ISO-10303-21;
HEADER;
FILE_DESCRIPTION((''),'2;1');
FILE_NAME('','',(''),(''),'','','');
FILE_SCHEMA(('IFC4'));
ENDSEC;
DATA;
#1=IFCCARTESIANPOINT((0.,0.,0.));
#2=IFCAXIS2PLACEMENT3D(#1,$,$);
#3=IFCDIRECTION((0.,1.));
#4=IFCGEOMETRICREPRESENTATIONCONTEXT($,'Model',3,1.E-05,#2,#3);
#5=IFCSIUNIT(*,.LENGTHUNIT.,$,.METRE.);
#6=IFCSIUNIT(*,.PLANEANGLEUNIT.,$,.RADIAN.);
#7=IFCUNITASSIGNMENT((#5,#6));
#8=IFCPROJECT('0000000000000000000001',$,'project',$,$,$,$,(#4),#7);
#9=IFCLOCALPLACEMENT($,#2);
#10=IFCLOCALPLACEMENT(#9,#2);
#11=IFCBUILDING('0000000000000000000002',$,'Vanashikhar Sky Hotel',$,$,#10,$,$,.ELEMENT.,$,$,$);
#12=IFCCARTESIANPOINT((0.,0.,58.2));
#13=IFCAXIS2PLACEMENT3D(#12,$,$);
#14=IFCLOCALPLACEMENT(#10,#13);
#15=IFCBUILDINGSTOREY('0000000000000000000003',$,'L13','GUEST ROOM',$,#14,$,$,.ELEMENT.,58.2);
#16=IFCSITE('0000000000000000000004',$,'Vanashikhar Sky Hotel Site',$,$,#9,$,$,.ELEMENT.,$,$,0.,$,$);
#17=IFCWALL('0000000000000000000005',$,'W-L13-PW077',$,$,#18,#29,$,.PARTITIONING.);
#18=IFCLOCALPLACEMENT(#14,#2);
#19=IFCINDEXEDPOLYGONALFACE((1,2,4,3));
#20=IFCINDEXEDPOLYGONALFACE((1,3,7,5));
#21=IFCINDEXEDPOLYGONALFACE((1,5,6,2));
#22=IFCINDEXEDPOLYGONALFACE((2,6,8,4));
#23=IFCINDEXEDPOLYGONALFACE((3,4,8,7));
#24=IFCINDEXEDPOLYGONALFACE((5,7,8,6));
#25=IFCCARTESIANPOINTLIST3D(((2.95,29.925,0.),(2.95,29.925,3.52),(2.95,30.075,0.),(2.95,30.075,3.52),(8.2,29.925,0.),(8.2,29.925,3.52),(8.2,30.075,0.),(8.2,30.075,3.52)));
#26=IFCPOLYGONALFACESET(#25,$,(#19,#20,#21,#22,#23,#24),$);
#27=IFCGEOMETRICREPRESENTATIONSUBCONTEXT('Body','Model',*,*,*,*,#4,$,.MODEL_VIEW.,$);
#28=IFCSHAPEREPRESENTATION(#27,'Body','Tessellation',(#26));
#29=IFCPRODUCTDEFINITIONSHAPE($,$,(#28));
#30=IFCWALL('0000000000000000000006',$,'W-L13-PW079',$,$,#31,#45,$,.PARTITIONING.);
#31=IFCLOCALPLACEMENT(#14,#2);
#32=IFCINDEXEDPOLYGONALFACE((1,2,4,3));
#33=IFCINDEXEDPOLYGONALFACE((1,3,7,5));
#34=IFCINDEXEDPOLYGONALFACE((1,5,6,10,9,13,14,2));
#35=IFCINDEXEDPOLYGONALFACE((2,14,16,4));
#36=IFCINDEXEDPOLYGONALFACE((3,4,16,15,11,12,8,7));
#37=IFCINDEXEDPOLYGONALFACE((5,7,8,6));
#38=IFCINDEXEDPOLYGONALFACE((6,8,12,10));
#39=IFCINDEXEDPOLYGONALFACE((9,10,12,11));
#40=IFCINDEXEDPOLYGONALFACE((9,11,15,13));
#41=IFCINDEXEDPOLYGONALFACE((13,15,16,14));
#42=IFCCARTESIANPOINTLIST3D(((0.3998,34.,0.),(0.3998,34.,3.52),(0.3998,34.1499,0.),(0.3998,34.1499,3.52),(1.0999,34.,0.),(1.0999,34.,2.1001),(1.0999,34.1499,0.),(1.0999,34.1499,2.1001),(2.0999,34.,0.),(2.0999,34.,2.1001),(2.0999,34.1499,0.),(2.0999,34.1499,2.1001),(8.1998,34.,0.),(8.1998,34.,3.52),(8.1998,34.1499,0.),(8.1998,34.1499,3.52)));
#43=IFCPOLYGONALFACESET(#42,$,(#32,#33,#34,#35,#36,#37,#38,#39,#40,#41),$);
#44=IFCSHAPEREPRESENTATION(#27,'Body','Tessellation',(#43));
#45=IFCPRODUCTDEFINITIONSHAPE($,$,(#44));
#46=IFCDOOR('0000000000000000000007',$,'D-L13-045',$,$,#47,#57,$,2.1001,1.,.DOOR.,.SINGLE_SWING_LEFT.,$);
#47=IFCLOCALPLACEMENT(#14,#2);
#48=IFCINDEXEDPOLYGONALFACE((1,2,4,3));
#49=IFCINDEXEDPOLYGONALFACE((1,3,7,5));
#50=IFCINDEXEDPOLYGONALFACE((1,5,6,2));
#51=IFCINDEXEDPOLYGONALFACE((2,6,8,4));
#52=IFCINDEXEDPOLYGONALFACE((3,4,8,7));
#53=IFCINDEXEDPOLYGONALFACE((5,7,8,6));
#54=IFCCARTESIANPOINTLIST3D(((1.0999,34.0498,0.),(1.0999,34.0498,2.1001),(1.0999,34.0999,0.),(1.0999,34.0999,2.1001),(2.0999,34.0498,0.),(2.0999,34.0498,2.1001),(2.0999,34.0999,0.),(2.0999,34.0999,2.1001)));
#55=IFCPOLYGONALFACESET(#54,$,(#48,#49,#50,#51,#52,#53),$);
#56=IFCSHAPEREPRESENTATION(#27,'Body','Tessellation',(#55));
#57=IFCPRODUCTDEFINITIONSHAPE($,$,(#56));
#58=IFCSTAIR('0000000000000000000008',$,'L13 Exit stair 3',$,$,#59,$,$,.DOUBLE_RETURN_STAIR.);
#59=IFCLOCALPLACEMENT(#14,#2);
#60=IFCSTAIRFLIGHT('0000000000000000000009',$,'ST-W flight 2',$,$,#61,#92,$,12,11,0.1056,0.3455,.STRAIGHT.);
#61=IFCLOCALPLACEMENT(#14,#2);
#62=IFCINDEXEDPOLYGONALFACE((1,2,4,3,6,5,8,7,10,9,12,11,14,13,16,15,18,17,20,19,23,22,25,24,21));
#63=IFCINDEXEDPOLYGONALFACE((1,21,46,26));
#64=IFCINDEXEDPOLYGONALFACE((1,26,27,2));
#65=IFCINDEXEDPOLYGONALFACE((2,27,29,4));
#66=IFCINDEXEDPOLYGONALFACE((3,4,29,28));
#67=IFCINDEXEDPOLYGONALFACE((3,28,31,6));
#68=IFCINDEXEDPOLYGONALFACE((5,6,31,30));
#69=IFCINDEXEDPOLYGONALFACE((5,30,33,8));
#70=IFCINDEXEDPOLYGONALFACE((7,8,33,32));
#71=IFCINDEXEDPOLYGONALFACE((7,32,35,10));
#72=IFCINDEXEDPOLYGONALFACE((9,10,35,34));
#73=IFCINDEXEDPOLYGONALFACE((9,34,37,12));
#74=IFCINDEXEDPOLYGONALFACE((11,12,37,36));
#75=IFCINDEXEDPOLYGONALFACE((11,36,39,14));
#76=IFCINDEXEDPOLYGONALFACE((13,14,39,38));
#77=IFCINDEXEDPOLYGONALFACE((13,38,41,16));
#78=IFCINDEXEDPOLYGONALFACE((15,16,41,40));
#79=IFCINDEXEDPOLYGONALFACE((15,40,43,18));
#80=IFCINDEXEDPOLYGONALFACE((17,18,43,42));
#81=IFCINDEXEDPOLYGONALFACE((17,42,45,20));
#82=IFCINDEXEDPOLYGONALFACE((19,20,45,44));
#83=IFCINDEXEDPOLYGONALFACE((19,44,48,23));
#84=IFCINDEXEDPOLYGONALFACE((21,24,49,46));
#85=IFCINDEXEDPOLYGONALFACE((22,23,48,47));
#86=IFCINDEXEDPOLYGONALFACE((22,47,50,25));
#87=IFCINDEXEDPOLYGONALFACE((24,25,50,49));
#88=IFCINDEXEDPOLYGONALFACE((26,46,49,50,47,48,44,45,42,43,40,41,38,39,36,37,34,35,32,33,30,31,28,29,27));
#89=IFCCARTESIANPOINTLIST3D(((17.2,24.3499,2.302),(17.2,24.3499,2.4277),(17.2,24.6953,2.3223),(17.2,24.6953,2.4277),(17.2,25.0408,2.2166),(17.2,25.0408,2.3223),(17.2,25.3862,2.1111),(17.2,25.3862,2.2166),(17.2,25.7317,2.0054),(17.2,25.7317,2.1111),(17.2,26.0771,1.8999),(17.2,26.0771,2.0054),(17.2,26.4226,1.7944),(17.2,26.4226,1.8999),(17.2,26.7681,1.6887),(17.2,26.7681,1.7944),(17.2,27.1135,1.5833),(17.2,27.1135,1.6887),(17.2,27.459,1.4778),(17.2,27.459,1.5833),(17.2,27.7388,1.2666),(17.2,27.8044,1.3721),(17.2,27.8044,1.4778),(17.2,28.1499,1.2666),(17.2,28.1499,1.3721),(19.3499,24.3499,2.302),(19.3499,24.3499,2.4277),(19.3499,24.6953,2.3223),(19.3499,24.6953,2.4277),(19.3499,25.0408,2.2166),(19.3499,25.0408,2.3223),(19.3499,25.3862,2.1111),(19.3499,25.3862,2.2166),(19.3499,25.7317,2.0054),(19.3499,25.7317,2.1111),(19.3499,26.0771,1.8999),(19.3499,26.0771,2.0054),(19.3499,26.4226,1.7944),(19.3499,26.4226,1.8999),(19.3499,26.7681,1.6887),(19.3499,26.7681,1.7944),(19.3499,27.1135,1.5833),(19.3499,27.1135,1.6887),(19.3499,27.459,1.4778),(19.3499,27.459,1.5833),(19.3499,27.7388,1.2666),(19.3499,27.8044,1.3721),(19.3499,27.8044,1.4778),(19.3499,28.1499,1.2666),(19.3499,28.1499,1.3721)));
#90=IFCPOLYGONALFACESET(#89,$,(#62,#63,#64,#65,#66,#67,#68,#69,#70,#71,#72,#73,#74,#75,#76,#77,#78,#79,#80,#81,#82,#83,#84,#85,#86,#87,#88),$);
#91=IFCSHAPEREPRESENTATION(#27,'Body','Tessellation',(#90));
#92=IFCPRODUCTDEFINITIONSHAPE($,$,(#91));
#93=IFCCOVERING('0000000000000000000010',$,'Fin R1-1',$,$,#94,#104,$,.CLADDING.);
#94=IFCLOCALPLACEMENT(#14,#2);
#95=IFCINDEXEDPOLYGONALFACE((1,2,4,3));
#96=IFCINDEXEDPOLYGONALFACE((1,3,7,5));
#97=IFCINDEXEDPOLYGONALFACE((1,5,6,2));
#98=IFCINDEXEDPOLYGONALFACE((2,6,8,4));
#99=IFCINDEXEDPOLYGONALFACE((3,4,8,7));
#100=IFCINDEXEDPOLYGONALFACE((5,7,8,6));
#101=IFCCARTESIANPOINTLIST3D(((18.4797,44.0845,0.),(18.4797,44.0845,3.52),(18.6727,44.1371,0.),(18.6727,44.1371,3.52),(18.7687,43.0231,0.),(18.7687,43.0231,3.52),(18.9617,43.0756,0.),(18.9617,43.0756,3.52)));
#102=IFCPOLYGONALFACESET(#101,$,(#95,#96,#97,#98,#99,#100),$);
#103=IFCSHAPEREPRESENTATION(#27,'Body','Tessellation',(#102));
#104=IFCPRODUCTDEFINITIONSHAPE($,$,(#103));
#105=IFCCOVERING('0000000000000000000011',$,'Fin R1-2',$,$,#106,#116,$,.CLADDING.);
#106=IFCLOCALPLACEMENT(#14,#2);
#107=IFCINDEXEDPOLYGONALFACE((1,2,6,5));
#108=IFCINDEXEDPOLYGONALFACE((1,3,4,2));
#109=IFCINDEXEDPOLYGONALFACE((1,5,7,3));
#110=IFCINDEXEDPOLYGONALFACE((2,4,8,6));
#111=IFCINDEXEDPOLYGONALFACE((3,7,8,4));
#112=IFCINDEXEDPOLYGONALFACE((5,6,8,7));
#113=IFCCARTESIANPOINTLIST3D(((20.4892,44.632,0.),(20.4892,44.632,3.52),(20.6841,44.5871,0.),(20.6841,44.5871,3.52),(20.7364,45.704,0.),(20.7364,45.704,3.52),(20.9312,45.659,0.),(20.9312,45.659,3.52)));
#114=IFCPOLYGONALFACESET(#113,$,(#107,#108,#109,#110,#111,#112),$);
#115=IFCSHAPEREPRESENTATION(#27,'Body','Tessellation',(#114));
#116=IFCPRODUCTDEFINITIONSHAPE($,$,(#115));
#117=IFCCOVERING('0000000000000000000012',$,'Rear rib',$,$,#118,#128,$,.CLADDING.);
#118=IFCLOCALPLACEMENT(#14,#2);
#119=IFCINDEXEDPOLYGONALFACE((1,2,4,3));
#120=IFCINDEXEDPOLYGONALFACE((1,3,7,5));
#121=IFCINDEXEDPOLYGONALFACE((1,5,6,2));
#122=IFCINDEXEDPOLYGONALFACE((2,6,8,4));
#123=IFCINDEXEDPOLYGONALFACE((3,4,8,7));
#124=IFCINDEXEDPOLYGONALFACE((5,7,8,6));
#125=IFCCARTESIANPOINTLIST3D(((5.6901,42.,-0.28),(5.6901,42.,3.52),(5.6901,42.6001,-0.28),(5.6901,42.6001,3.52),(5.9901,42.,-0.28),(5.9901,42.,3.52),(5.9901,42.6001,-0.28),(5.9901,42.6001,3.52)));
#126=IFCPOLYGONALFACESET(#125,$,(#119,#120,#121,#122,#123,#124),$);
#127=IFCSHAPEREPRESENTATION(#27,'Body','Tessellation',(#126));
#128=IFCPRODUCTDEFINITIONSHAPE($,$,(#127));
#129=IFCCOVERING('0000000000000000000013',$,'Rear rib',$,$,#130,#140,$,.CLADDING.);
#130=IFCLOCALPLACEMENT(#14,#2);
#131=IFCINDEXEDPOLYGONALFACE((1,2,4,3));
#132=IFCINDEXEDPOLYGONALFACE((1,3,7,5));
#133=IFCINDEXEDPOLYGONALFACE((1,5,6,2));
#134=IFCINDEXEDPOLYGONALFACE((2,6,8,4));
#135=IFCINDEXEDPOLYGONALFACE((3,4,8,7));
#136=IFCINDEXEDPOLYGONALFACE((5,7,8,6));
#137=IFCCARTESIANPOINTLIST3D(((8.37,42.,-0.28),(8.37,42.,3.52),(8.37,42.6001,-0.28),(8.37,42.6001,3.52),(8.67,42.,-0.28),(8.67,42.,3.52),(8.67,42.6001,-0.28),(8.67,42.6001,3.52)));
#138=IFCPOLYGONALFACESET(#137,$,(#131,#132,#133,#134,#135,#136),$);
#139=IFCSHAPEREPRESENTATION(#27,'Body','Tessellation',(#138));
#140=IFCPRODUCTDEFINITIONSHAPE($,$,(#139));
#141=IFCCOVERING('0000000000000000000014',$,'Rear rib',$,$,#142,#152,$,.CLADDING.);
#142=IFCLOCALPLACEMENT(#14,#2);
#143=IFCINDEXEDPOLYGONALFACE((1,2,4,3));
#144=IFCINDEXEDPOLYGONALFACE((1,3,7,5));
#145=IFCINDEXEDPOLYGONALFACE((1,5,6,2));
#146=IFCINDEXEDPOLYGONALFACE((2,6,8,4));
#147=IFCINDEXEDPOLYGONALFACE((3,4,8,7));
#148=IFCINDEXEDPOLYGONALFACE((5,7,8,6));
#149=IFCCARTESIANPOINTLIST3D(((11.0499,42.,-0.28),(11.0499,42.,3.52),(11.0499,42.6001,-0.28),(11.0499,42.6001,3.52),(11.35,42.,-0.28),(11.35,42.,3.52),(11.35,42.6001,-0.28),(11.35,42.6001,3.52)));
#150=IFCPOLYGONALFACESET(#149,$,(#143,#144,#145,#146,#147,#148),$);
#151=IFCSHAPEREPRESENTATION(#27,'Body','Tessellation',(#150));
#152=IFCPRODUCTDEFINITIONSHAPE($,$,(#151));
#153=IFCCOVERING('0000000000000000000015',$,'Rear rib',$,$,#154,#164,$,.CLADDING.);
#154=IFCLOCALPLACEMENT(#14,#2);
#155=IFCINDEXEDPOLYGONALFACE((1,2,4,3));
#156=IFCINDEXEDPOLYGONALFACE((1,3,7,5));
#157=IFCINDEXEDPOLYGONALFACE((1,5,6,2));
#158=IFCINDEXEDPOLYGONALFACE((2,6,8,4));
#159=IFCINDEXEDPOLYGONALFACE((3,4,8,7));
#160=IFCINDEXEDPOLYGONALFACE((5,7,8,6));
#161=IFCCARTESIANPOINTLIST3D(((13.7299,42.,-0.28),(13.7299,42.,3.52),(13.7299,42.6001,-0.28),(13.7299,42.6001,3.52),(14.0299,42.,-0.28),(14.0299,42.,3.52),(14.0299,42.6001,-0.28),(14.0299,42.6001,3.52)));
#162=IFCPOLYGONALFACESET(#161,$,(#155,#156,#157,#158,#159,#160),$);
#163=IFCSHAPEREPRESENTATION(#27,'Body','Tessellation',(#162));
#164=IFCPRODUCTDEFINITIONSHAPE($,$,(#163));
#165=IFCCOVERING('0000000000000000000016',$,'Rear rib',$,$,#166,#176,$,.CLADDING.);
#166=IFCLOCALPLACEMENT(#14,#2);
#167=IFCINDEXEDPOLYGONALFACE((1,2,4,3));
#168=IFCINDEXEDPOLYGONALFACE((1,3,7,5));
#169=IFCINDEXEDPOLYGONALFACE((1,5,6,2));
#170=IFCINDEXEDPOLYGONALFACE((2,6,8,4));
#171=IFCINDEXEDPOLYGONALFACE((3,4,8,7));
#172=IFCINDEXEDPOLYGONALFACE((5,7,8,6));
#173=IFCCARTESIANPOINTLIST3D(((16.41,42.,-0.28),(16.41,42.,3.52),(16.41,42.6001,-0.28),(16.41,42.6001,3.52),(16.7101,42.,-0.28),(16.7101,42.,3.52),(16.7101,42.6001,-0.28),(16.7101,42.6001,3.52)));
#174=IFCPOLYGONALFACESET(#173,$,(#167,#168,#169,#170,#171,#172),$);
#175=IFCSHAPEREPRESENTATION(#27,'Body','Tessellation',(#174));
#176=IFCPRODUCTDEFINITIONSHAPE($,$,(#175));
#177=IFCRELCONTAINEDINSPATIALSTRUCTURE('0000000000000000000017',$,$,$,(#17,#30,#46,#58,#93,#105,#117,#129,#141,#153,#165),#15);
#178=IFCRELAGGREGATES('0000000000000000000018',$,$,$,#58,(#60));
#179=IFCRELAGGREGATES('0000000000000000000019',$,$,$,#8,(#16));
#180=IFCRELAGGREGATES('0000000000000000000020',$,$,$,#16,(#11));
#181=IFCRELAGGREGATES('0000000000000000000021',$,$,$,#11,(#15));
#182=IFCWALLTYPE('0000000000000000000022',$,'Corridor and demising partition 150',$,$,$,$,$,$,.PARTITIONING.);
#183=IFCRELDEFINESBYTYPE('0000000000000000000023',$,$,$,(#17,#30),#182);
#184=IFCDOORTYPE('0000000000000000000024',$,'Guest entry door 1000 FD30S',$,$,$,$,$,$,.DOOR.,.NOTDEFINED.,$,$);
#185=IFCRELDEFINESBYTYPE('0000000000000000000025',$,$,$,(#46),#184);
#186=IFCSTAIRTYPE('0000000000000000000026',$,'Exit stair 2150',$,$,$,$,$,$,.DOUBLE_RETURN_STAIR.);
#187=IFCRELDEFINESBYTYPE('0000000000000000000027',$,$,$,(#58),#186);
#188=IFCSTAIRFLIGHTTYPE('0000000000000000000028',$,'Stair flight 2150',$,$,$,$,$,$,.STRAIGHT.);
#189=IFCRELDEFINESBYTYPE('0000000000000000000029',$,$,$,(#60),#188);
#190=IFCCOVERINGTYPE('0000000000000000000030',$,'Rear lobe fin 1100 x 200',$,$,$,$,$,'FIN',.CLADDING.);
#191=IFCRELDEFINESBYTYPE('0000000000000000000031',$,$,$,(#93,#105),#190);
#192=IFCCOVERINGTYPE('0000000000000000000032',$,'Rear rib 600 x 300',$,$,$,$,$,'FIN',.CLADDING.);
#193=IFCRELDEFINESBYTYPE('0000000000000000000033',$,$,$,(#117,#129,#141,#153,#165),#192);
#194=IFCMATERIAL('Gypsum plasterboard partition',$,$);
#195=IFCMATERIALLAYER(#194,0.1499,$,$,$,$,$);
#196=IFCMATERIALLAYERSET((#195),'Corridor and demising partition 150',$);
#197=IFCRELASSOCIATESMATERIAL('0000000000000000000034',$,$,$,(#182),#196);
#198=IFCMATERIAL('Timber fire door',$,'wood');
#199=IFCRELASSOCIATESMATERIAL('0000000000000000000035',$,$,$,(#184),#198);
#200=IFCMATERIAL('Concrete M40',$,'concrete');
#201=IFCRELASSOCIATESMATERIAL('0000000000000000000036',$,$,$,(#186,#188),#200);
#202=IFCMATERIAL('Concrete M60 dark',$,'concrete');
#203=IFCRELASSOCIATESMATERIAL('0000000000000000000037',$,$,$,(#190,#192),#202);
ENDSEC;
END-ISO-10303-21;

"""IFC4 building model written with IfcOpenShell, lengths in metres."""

from ifc_helpers import new_model, si_unit, direction, frame, frame_2d, origin, origin_2d, place, context, subcontext, project, spatial, polyline, rectangle, outline, extrude, source, transform, mapped, material, layer, layer_set, material_profile, profile_set, type_object, element, fill, aggregate, save


model = new_model("IFC4")

# Units and contexts
model_context = context("Model", 3, precision=1e-05, world=origin(), true_north=direction((0.0, 1.0)))
body_context = subcontext(model_context, "Body", "Model", "MODEL_VIEW")
ifc_project = project(units=[si_unit("LENGTHUNIT", "METRE"), si_unit("PLANEANGLEUNIT", "RADIAN")], contexts=[model_context])

# Site, building, storey
site_placement = place(None, origin())
site = spatial("IfcSite", under=ifc_project, at=site_placement, Name="Vanashikhar Sky Hotel Site", CompositionType="ELEMENT", RefElevation=0.0)
building_placement = place(site_placement, origin())
building = spatial("IfcBuilding", under=site, at=building_placement, Name="Vanashikhar Sky Hotel", CompositionType="ELEMENT")
storey_placement = place(building_placement, frame((0.0, 0.0, 58.2)))
storey = spatial("IfcBuildingStorey", under=building, at=storey_placement, Name="L13", Description="GUEST ROOM", CompositionType="ELEMENT", Elevation=58.2)

# Shared definitions
shared_shape_1 = source(origin(), body_context, "Body", "SweptSolid", [
    extrude(rectangle(XDim=1.0, YDim=2.1001, at=frame_2d((0.5, 1.05))), frame((0.0, 0.0249, 0.0), z_axis=(0.0, -1.0, 0.0), x_axis=(1.0, 0.0, 0.0)), (0.0, 0.0, 1.0), 0.05),
])
ifc_material_1 = material(Name="Gypsum plasterboard partition")
ifc_layer_1 = layer(ifc_material_1, 0.1499)
ifc_layer_set_1 = layer_set([ifc_layer_1], Name="Corridor and demising partition 150")
wall_type_1 = type_object("IfcWallType", Name="Corridor and demising partition 150", PredefinedType="PARTITIONING", material=ifc_layer_set_1)
shared_shape_2 = source(origin(), body_context, "Body", "SweptSolid", [
    extrude(rectangle(XDim=1.0, YDim=2.1001, at=frame_2d((0.5, 1.05))), frame((0.0, 0.085, 0.0), z_axis=(0.0, -1.0, 0.0), x_axis=(1.0, 0.0, 0.0)), (0.0, 0.0, 1.0), 0.1699),
])
ifc_material_2 = material(Name="Timber fire door", Category="wood")
door_type_1 = type_object("IfcDoorType", Name="Guest entry door 1000 FD30S", OperationType="NOTDEFINED", PredefinedType="DOOR", material=ifc_material_2)

# Wall
shared_shape_3 = source(origin(), body_context, "Body", "SweptSolid", [
    extrude(rectangle(XDim=5.25, YDim=0.1499, at=frame_2d((2.625, 0.0))), origin(), (0.0, 0.0, 1.0), 3.52),
])
wall_1_placement = place(storey_placement, frame((2.95, 30.0, 0.0), z_axis=(0.0, 0.0, 1.0), x_axis=(1.0, 0.0, 0.0)))
element("IfcWall", 1, at=wall_1_placement, inside=storey, type_object=wall_type_1, Name="W-L13-PW077", PredefinedType="PARTITIONING", context=body_context, shape_type="MappedRepresentation", body=[
    mapped(shared_shape_3, transform((0.0, 0.0, 0.0), scale=1.0)),
])

# Wall, opening, door
shared_shape_4 = source(origin(), body_context, "Body", "SweptSolid", [
    extrude(rectangle(XDim=7.8, YDim=0.1499, at=frame_2d((3.8999, 0.0))), origin(), (0.0, 0.0, 1.0), 3.52),
])
wall_2_placement = place(storey_placement, frame((0.3999, 34.075, 0.0), z_axis=(0.0, 0.0, 1.0), x_axis=(1.0, 0.0, 0.0)))
wall_2 = element("IfcWall", 2, at=wall_2_placement, inside=storey, type_object=wall_type_1, Name="W-L13-PW079", PredefinedType="PARTITIONING", context=body_context, shape_type="MappedRepresentation", body=[
    mapped(shared_shape_4, transform((0.0, 0.0, 0.0), scale=1.0)),
])
opening_1_placement = place(wall_2_placement, frame((0.7, 0.0, 0.0)))
opening_1 = element("IfcOpeningElement", 3, at=opening_1_placement, cuts=wall_2, PredefinedType="OPENING", context=body_context, shape_type="MappedRepresentation", body=[
    mapped(shared_shape_2, transform((0.0, 0.0, 0.0), scale=1.0)),
])
door_1_placement = place(opening_1_placement, origin())
door_1 = element("IfcDoor", 4, at=door_1_placement, inside=storey, type_object=door_type_1, Name="D-L13-045", OperationType="SINGLE_SWING_LEFT", OverallHeight=2.1001, OverallWidth=1.0, PredefinedType="DOOR", context=body_context, shape_type="MappedRepresentation", body=[
    mapped(shared_shape_1, transform((0.0, 0.0, 0.0), scale=1.0)),
])
fill(opening_1, door_1)

# Stair, stair flight
ifc_material_3 = material(Name="Concrete M40", Category="concrete")
stair_type = type_object("IfcStairType", Name="Exit stair 2150", PredefinedType="DOUBLE_RETURN_STAIR", material=ifc_material_3)
stair_placement = place(storey_placement, origin())
stair = element("IfcStair", 5, at=stair_placement, inside=storey, type_object=stair_type, Name="L13 Exit stair 3", PredefinedType="DOUBLE_RETURN_STAIR")
stair_flight_type = type_object("IfcStairFlightType", Name="Stair flight 2150", PredefinedType="STRAIGHT", material=ifc_material_3)
shared_shape_5 = source(origin(), body_context, "Body", "SweptSolid", [
    extrude(outline(polyline([(0.0, 0.0), (0.0, 0.1055), (0.3455, 0.1055), (0.3455, 0.2112), (0.6909, 0.2112), (0.6909, 0.3167), (1.0364, 0.3167), (1.0364, 0.4221), (1.3818, 0.4221), (1.3818, 0.5278), (1.7273, 0.5278), (1.7273, 0.6333), (2.0728, 0.6333), (2.0728, 0.7388), (2.4182, 0.7388), (2.4182, 0.8445), (2.7637, 0.8445), (2.7637, 0.95), (3.1091, 0.95), (3.1091, 1.0557), (3.4546, 1.0557), (3.4546, 1.1611), (3.8, 1.1611), (3.8, 1.2666), (3.8, 1.0354), (0.4111, 0.0), (0.0, 0.0)])), frame((0.0, 1.075, 0.0), z_axis=(0.0, -1.0, 0.0), x_axis=(1.0, 0.0, 0.0)), (0.0, 0.0, 1.0), 2.1499),
])
stair_flight_placement = place(storey_placement, frame((18.2749, 28.1499, 1.2666), z_axis=(0.0, 0.0, 1.0), x_axis=(0.0, -1.0, 0.0)))
stair_flight = element("IfcStairFlight", 6, at=stair_flight_placement, type_object=stair_flight_type, Name="ST-W flight 2", NumberOfRisers=12, NumberOfTreads=11, PredefinedType="STRAIGHT", RiserHeight=0.1056, TreadLength=0.3455, context=body_context, shape_type="MappedRepresentation", body=[
    mapped(shared_shape_5, transform((0.0, 0.0, 0.0), scale=1.0)),
])
aggregate(stair, [stair_flight])

# Coverings
ifc_material_4 = material(Name="Concrete M60 dark", Category="concrete")
ifc_material_profile_1 = material_profile(ifc_material_4, rectangle(XDim=1.1001, YDim=0.2, at=origin_2d()))
ifc_profile_set_1 = profile_set([ifc_material_profile_1], Name="Rear lobe fin 1100 x 200")
covering_type_1 = type_object("IfcCoveringType", Name="Rear lobe fin 1100 x 200", ElementType="FIN", PredefinedType="CLADDING", material=ifc_profile_set_1)
shared_shape_6 = source(origin(), body_context, "Body", "SweptSolid", [
    extrude(rectangle(XDim=1.1001, YDim=0.2, at=origin_2d()), origin(), (0.0, 0.0, 1.0), 3.52),
])
for number, where, z_axis, x_axis, name in (
    (7, (18.7207, 43.5801, 0.0), (0.0, 0.0, 1.0), (-0.262711, 0.964874, 0.0), "Fin R1-1"),
    (8, (20.7102, 45.1455, 0.0), (0.0, 0.0, 1.0), (0.224645, 0.974441, 0.0), "Fin R1-2"),
):
    element("IfcCovering", number, at=place(storey_placement, frame(where, z_axis=z_axis, x_axis=x_axis)), inside=storey, type_object=covering_type_1, Name=name, PredefinedType="CLADDING", context=body_context, shape_type="MappedRepresentation", body=[
        mapped(shared_shape_6, transform((0.0, 0.0, 0.0), scale=1.0)),
    ])
ifc_material_profile_2 = material_profile(ifc_material_4, rectangle(XDim=0.6001, YDim=0.3, at=origin_2d()))
ifc_profile_set_2 = profile_set([ifc_material_profile_2], Name="Rear rib 600 x 300")
covering_type_2 = type_object("IfcCoveringType", Name="Rear rib 600 x 300", ElementType="FIN", PredefinedType="CLADDING", material=ifc_profile_set_2)
shared_shape_7 = source(origin(), body_context, "Body", "SweptSolid", [
    extrude(rectangle(XDim=0.6001, YDim=0.3, at=origin_2d()), origin(), (0.0, 0.0, 1.0), 3.8),
])
for number, where, z_axis, x_axis, name in (
    (9, (5.8401, 42.3, -0.28), (0.0, 0.0, 1.0), (0.0, 1.0, 0.0), "Rear rib"),
    (10, (8.52, 42.3, -0.28), (0.0, 0.0, 1.0), (0.0, 1.0, 0.0), "Rear rib"),
    (11, (11.2, 42.3, -0.28), (0.0, 0.0, 1.0), (0.0, 1.0, 0.0), "Rear rib"),
    (12, (13.8799, 42.3, -0.28), (0.0, 0.0, 1.0), (0.0, 1.0, 0.0), "Rear rib"),
    (13, (16.5601, 42.3, -0.28), (0.0, 0.0, 1.0), (0.0, 1.0, 0.0), "Rear rib"),
):
    element("IfcCovering", number, at=place(storey_placement, frame(where, z_axis=z_axis, x_axis=x_axis)), inside=storey, type_object=covering_type_2, Name=name, PredefinedType="CLADDING", context=body_context, shape_type="MappedRepresentation", body=[
        mapped(shared_shape_7, transform((0.0, 0.0, 0.0), scale=1.0)),
    ])

save(model, "model.ifc")
